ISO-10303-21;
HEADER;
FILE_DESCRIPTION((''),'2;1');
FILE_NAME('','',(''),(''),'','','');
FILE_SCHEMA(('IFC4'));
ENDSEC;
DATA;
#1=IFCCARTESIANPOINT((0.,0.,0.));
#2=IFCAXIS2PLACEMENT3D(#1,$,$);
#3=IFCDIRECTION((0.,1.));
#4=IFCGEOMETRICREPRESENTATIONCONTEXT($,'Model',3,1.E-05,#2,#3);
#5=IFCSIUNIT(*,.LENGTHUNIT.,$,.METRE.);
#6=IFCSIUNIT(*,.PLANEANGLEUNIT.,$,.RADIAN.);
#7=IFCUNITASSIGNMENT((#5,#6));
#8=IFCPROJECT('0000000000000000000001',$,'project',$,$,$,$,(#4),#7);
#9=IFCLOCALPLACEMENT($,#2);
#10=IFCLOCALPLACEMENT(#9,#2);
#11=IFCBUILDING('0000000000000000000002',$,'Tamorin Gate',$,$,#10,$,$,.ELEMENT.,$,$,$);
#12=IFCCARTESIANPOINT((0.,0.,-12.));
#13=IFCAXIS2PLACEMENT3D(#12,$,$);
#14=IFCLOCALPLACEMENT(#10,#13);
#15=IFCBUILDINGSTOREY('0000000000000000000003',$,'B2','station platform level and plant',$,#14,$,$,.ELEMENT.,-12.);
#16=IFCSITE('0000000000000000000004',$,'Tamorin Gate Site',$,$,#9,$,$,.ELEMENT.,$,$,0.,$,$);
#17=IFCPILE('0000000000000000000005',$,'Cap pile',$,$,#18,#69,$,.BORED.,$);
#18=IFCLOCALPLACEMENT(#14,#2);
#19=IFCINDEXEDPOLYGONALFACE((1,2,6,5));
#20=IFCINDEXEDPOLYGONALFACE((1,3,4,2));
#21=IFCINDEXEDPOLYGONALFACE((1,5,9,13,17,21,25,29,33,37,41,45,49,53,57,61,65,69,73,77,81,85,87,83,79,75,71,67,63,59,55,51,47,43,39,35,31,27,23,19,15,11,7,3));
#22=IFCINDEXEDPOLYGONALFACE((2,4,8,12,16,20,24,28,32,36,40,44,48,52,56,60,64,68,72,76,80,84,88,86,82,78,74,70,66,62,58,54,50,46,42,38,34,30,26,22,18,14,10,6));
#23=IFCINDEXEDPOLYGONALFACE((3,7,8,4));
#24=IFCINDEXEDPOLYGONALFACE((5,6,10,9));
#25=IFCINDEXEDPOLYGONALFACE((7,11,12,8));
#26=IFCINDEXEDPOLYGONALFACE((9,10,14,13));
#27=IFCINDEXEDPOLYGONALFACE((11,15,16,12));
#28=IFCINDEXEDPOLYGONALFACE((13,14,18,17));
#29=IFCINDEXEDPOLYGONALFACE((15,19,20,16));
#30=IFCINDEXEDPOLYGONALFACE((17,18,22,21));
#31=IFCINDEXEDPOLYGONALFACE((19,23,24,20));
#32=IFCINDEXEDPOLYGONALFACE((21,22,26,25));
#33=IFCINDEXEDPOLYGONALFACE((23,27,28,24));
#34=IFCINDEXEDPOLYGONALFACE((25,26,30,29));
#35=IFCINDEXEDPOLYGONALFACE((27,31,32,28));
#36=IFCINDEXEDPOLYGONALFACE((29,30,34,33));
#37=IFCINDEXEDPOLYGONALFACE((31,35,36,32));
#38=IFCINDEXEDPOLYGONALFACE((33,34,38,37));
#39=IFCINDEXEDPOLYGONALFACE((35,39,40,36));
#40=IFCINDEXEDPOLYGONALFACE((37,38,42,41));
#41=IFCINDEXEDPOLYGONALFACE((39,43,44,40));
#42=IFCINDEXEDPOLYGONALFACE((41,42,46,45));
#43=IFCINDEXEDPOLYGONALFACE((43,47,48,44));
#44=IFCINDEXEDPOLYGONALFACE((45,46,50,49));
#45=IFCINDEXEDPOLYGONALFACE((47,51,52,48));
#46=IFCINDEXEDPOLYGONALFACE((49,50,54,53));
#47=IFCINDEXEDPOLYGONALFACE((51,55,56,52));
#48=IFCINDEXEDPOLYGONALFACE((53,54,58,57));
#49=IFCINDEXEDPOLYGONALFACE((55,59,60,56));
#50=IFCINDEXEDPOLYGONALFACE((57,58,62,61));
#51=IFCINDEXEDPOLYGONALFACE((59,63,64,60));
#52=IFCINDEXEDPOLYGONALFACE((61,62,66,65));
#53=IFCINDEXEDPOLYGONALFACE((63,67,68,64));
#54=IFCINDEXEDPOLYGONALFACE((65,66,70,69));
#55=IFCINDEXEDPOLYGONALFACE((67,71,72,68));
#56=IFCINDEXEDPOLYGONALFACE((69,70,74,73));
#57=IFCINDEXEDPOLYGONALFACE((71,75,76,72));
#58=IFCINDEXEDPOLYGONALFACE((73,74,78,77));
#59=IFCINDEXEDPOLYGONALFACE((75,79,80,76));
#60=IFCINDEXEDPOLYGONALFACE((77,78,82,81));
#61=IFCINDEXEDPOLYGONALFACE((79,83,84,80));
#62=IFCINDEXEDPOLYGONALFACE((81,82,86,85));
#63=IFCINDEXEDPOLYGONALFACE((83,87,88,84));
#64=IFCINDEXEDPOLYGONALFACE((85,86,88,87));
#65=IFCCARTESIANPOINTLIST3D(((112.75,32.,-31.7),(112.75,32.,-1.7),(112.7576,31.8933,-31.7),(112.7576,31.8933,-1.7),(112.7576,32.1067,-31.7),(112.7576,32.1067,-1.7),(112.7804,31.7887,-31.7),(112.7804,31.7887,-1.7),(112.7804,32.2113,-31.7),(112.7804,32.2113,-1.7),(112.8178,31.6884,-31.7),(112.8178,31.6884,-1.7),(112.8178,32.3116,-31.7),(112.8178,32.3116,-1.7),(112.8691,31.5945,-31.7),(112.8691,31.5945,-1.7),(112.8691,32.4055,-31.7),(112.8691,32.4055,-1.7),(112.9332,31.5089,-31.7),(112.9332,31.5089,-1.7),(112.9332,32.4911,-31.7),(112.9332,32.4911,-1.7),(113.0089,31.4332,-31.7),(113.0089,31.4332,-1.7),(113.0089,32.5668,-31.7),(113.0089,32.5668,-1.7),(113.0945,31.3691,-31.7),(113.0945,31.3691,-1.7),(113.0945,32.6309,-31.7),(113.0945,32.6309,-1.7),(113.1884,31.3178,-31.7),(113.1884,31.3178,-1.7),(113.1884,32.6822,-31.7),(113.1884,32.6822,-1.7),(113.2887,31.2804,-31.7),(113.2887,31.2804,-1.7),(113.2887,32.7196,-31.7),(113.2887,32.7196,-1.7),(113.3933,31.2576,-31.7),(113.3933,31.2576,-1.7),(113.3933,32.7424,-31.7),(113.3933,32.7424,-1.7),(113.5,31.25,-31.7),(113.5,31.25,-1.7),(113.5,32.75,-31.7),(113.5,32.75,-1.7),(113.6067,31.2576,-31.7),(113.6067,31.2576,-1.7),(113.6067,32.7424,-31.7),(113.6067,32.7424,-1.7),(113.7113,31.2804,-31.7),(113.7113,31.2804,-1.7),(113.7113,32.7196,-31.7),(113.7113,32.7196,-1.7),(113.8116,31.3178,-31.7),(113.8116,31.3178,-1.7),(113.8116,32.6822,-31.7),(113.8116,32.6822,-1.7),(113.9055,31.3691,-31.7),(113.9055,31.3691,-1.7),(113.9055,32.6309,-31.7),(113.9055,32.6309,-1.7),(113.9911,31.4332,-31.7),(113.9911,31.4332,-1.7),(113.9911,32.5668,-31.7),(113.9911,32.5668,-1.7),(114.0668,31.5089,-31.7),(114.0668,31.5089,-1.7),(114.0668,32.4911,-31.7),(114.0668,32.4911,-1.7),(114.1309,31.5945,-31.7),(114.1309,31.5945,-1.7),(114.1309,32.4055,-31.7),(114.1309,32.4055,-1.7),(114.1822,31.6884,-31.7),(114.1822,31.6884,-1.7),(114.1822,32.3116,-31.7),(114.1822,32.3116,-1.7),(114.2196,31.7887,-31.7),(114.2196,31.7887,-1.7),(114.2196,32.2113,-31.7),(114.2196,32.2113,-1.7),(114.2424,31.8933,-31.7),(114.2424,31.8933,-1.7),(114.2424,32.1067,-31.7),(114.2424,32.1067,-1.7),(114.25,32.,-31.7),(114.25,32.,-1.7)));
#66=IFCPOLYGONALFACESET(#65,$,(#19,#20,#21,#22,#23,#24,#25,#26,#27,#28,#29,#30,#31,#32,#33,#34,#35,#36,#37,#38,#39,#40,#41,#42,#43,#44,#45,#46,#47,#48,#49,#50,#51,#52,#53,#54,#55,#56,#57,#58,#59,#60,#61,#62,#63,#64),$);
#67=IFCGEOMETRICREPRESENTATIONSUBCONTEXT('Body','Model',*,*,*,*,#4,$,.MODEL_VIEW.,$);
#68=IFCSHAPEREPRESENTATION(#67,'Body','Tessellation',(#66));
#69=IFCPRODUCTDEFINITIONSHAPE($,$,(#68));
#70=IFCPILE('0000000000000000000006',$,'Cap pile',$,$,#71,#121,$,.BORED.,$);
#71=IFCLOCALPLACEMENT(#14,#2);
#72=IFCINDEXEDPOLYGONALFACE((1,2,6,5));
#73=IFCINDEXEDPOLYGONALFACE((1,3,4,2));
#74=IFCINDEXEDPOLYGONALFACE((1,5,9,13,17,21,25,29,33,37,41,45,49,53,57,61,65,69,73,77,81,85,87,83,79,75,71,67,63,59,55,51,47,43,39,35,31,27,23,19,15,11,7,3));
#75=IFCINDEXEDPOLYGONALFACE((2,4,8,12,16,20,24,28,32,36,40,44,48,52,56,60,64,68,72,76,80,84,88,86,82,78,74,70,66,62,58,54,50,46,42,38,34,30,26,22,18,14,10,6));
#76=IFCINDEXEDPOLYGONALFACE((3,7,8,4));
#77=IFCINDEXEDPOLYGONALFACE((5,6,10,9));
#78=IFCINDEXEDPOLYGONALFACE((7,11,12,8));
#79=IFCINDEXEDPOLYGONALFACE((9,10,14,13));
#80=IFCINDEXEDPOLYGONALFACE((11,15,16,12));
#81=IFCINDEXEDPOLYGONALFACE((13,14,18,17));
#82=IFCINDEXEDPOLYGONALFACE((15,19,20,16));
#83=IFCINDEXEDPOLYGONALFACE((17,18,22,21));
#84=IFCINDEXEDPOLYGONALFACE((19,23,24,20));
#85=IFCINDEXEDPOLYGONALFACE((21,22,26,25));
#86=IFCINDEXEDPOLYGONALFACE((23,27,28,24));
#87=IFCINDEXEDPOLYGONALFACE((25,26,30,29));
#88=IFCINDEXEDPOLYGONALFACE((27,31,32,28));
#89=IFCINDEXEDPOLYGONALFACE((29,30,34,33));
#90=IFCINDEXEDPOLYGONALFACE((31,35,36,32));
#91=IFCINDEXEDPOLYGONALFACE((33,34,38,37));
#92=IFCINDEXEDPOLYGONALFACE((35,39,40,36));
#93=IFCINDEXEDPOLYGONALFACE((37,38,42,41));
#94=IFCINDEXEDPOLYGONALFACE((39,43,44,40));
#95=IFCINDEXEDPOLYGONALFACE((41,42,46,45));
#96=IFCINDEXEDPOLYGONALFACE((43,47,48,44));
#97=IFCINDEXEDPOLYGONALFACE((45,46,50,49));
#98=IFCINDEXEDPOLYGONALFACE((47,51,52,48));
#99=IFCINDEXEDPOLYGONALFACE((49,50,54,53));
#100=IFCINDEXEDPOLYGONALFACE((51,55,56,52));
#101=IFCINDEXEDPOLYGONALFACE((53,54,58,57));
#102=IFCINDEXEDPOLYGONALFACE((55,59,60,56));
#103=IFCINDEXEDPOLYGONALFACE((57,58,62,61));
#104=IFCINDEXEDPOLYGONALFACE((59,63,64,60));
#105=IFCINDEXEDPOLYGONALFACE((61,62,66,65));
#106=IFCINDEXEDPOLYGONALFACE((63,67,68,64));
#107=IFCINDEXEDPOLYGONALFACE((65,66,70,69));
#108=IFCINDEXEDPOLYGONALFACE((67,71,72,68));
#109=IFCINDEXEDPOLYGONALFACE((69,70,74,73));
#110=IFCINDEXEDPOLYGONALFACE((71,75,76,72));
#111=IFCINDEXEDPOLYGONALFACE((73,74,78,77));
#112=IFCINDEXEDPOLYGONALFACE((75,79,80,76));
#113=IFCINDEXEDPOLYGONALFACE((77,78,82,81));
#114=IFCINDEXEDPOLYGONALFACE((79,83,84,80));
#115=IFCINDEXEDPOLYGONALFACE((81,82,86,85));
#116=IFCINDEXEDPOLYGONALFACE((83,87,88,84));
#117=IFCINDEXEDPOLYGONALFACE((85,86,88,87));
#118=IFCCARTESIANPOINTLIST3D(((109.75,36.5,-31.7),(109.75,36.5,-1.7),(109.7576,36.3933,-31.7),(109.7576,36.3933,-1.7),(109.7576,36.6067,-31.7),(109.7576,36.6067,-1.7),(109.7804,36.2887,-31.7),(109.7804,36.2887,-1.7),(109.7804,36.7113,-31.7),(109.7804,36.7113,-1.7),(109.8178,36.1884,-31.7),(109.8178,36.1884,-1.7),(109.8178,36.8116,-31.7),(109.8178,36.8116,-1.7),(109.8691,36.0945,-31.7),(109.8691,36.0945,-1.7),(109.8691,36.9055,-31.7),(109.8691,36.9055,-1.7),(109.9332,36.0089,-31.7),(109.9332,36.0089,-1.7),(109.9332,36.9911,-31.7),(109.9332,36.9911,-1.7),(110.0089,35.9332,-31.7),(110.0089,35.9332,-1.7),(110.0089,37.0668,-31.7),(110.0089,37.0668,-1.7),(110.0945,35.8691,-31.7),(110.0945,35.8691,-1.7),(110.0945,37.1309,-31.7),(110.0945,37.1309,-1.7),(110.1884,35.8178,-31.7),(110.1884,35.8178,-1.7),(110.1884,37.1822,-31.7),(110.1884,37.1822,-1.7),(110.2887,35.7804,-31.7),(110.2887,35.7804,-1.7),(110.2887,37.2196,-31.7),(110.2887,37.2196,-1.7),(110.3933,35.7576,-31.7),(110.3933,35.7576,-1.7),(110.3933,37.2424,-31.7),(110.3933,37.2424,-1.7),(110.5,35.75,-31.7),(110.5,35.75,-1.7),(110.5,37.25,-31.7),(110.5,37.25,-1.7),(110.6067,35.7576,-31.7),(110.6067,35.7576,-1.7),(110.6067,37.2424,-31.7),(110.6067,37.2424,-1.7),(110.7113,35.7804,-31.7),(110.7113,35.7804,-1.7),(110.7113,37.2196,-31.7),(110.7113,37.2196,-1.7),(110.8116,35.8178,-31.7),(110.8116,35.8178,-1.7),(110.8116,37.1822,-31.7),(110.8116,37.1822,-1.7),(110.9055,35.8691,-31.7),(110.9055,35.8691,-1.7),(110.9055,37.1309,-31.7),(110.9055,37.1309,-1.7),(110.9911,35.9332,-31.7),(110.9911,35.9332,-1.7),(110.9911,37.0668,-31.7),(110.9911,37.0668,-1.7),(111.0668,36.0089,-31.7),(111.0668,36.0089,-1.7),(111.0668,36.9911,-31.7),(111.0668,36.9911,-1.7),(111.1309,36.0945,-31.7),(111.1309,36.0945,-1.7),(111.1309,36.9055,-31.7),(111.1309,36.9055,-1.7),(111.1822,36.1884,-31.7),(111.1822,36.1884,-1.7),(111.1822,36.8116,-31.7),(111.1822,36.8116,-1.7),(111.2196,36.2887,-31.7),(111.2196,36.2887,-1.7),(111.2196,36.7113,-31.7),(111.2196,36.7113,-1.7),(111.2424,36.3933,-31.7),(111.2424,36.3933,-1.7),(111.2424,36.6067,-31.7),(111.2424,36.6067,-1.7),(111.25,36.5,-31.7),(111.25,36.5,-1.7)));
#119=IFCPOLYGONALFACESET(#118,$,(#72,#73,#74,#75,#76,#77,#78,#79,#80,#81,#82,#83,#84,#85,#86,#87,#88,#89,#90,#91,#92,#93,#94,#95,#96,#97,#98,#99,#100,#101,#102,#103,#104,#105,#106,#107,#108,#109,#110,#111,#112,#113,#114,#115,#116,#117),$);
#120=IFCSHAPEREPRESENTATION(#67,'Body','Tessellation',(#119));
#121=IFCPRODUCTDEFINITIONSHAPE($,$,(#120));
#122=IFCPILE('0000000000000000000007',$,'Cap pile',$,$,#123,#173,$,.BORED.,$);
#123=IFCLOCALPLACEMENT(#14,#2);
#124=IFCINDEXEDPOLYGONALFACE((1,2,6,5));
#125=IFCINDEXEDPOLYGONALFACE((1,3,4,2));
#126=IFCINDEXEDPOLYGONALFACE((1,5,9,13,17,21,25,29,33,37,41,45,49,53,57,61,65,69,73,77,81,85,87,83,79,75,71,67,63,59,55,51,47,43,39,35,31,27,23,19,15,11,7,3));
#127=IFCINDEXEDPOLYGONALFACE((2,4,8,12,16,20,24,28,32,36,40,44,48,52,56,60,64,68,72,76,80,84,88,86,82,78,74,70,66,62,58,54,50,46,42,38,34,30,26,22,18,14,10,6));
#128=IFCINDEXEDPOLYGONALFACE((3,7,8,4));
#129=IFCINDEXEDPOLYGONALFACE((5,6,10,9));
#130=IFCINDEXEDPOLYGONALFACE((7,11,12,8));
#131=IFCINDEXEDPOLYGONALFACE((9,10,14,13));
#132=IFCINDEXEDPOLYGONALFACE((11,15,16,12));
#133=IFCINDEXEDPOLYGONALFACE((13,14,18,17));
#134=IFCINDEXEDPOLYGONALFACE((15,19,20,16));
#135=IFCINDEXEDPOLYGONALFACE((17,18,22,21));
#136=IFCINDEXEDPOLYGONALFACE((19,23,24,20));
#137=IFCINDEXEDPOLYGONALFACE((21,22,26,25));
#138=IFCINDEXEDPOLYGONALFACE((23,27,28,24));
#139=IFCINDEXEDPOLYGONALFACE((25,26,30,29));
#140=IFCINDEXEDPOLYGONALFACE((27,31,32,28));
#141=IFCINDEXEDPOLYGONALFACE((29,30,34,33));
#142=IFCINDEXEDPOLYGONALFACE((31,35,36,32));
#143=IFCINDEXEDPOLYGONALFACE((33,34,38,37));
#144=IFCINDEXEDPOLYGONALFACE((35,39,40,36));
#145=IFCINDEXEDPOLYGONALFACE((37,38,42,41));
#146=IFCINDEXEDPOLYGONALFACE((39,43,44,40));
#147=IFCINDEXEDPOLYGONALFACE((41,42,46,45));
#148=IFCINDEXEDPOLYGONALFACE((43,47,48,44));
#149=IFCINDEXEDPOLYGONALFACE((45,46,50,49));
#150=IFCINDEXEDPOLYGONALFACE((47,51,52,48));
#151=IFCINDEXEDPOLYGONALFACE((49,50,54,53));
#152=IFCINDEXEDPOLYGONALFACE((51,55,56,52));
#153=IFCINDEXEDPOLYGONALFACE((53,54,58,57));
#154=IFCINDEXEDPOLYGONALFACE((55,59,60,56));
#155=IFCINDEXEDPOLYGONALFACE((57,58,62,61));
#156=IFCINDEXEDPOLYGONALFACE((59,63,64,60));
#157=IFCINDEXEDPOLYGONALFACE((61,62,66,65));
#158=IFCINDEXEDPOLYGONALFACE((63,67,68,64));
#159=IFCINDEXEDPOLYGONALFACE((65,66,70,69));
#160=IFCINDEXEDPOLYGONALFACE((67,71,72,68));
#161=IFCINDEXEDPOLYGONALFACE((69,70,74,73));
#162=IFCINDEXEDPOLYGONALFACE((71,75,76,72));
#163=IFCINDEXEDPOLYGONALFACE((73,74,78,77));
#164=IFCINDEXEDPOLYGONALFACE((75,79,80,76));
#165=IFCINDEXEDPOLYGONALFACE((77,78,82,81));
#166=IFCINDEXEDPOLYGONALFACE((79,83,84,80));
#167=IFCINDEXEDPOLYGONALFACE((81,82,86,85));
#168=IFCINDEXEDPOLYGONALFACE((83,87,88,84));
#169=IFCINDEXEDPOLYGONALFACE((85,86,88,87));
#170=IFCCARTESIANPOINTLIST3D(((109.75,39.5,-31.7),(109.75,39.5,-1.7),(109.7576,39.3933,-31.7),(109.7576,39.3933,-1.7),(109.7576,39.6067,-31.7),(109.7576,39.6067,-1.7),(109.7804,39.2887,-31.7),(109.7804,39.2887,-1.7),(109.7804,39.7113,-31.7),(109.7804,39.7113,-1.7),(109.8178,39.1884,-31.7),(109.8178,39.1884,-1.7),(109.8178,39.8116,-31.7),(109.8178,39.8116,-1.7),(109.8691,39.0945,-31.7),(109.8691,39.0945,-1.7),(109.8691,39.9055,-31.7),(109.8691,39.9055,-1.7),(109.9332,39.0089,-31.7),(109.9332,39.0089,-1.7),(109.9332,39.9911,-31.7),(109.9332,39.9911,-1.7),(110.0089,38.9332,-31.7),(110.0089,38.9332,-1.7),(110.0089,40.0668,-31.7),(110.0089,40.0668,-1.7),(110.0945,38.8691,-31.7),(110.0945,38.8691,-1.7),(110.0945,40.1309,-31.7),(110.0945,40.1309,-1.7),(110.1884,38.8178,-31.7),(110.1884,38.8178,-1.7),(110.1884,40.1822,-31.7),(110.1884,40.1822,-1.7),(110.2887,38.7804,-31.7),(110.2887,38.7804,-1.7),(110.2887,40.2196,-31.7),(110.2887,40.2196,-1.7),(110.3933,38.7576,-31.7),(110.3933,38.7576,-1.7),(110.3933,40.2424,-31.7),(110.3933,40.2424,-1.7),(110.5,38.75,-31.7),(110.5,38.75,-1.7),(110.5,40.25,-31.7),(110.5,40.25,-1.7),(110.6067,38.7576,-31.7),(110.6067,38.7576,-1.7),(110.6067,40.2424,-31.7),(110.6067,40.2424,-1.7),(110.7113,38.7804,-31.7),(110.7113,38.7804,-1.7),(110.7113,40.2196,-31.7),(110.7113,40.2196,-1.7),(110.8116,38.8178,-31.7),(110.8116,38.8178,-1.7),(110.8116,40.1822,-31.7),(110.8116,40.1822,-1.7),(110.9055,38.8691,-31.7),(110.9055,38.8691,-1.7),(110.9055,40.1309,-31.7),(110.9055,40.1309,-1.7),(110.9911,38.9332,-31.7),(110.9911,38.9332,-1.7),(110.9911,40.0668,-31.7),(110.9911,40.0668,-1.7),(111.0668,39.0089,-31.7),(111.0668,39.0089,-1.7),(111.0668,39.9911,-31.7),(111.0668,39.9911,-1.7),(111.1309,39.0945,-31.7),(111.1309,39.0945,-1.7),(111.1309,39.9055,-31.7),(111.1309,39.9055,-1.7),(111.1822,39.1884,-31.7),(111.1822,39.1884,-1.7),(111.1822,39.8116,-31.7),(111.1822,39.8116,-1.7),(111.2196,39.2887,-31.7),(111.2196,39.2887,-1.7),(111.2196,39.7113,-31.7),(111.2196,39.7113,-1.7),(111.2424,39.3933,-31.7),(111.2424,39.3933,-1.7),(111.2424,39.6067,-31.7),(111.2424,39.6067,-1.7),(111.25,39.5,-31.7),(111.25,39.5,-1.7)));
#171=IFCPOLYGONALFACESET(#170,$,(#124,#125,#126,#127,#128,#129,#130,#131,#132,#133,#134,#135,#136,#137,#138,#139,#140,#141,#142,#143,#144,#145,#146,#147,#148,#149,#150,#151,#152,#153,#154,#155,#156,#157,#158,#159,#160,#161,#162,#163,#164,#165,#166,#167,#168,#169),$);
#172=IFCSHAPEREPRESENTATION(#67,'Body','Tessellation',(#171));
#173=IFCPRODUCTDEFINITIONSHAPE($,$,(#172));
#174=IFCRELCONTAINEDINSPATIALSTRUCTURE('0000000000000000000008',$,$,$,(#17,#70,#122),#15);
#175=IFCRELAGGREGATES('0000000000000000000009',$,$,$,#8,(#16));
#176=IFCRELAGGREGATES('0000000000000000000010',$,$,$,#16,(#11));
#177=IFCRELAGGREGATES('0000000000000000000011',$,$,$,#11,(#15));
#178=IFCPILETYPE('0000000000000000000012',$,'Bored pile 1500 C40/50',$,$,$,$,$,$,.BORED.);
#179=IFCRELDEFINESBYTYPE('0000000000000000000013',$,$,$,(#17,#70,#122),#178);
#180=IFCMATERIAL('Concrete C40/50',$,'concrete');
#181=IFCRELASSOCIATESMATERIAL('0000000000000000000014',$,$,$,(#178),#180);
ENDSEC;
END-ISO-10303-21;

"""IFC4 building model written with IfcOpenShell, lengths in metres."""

from ifc_helpers import new_model, si_unit, direction, frame, origin, origin_2d, place, context, subcontext, project, spatial, circle, extrude, material, material_profile, profile_set, type_object, element, save


model = new_model("IFC4")

# Units and contexts
model_context = context("Model", 3, precision=1e-05, world=origin(), true_north=direction((0.0, 1.0)))
body_context = subcontext(model_context, "Body", "Model", "MODEL_VIEW")
ifc_project = project(units=[si_unit("LENGTHUNIT", "METRE"), si_unit("PLANEANGLEUNIT", "RADIAN")], contexts=[model_context])

# Site, building, storey
site_placement = place(None, origin())
site = spatial("IfcSite", under=ifc_project, at=site_placement, Name="Tamorin Gate Site", CompositionType="ELEMENT", RefElevation=0.0)
building_placement = place(site_placement, origin())
building = spatial("IfcBuilding", under=site, at=building_placement, Name="Tamorin Gate", CompositionType="ELEMENT")
storey_placement = place(building_placement, frame((0.0, 0.0, -12.0)))
storey = spatial("IfcBuildingStorey", under=building, at=storey_placement, Name="B2", Description="station platform level and plant", CompositionType="ELEMENT", Elevation=-12.0)

# Piles
ifc_material_1 = material(Name="Concrete C40/50", Category="concrete")
ifc_material_profile_1 = material_profile(ifc_material_1, circle(Radius=0.75, at=origin_2d()))
ifc_profile_set_1 = profile_set([ifc_material_profile_1], Name="Concrete C40/50")
pile_type = type_object("IfcPileType", Name="Bored pile 1500 C40/50", PredefinedType="BORED", material=ifc_profile_set_1)
for number, where, z_axis, x_axis, name in (
    (1, (113.5, 32.0, -1.7), (0.0, 0.0, -1.0), (1.0, 0.0, 0.0), "Cap pile"),
    (2, (110.5, 36.5, -1.7), (0.0, 0.0, -1.0), (1.0, 0.0, 0.0), "Cap pile"),
    (3, (110.5, 39.5, -1.7), (0.0, 0.0, -1.0), (1.0, 0.0, 0.0), "Cap pile"),
):
    element("IfcPile", number, at=place(storey_placement, frame(where, z_axis=z_axis, x_axis=x_axis)), inside=storey, type_object=pile_type, Name=name, PredefinedType="BORED", context=body_context, shape_type="SweptSolid", body=[
        extrude(circle(Radius=0.75, at=origin_2d()), origin(), (0.0, 0.0, 1.0), 30.0),
    ])

save(model, "model.ifc")
